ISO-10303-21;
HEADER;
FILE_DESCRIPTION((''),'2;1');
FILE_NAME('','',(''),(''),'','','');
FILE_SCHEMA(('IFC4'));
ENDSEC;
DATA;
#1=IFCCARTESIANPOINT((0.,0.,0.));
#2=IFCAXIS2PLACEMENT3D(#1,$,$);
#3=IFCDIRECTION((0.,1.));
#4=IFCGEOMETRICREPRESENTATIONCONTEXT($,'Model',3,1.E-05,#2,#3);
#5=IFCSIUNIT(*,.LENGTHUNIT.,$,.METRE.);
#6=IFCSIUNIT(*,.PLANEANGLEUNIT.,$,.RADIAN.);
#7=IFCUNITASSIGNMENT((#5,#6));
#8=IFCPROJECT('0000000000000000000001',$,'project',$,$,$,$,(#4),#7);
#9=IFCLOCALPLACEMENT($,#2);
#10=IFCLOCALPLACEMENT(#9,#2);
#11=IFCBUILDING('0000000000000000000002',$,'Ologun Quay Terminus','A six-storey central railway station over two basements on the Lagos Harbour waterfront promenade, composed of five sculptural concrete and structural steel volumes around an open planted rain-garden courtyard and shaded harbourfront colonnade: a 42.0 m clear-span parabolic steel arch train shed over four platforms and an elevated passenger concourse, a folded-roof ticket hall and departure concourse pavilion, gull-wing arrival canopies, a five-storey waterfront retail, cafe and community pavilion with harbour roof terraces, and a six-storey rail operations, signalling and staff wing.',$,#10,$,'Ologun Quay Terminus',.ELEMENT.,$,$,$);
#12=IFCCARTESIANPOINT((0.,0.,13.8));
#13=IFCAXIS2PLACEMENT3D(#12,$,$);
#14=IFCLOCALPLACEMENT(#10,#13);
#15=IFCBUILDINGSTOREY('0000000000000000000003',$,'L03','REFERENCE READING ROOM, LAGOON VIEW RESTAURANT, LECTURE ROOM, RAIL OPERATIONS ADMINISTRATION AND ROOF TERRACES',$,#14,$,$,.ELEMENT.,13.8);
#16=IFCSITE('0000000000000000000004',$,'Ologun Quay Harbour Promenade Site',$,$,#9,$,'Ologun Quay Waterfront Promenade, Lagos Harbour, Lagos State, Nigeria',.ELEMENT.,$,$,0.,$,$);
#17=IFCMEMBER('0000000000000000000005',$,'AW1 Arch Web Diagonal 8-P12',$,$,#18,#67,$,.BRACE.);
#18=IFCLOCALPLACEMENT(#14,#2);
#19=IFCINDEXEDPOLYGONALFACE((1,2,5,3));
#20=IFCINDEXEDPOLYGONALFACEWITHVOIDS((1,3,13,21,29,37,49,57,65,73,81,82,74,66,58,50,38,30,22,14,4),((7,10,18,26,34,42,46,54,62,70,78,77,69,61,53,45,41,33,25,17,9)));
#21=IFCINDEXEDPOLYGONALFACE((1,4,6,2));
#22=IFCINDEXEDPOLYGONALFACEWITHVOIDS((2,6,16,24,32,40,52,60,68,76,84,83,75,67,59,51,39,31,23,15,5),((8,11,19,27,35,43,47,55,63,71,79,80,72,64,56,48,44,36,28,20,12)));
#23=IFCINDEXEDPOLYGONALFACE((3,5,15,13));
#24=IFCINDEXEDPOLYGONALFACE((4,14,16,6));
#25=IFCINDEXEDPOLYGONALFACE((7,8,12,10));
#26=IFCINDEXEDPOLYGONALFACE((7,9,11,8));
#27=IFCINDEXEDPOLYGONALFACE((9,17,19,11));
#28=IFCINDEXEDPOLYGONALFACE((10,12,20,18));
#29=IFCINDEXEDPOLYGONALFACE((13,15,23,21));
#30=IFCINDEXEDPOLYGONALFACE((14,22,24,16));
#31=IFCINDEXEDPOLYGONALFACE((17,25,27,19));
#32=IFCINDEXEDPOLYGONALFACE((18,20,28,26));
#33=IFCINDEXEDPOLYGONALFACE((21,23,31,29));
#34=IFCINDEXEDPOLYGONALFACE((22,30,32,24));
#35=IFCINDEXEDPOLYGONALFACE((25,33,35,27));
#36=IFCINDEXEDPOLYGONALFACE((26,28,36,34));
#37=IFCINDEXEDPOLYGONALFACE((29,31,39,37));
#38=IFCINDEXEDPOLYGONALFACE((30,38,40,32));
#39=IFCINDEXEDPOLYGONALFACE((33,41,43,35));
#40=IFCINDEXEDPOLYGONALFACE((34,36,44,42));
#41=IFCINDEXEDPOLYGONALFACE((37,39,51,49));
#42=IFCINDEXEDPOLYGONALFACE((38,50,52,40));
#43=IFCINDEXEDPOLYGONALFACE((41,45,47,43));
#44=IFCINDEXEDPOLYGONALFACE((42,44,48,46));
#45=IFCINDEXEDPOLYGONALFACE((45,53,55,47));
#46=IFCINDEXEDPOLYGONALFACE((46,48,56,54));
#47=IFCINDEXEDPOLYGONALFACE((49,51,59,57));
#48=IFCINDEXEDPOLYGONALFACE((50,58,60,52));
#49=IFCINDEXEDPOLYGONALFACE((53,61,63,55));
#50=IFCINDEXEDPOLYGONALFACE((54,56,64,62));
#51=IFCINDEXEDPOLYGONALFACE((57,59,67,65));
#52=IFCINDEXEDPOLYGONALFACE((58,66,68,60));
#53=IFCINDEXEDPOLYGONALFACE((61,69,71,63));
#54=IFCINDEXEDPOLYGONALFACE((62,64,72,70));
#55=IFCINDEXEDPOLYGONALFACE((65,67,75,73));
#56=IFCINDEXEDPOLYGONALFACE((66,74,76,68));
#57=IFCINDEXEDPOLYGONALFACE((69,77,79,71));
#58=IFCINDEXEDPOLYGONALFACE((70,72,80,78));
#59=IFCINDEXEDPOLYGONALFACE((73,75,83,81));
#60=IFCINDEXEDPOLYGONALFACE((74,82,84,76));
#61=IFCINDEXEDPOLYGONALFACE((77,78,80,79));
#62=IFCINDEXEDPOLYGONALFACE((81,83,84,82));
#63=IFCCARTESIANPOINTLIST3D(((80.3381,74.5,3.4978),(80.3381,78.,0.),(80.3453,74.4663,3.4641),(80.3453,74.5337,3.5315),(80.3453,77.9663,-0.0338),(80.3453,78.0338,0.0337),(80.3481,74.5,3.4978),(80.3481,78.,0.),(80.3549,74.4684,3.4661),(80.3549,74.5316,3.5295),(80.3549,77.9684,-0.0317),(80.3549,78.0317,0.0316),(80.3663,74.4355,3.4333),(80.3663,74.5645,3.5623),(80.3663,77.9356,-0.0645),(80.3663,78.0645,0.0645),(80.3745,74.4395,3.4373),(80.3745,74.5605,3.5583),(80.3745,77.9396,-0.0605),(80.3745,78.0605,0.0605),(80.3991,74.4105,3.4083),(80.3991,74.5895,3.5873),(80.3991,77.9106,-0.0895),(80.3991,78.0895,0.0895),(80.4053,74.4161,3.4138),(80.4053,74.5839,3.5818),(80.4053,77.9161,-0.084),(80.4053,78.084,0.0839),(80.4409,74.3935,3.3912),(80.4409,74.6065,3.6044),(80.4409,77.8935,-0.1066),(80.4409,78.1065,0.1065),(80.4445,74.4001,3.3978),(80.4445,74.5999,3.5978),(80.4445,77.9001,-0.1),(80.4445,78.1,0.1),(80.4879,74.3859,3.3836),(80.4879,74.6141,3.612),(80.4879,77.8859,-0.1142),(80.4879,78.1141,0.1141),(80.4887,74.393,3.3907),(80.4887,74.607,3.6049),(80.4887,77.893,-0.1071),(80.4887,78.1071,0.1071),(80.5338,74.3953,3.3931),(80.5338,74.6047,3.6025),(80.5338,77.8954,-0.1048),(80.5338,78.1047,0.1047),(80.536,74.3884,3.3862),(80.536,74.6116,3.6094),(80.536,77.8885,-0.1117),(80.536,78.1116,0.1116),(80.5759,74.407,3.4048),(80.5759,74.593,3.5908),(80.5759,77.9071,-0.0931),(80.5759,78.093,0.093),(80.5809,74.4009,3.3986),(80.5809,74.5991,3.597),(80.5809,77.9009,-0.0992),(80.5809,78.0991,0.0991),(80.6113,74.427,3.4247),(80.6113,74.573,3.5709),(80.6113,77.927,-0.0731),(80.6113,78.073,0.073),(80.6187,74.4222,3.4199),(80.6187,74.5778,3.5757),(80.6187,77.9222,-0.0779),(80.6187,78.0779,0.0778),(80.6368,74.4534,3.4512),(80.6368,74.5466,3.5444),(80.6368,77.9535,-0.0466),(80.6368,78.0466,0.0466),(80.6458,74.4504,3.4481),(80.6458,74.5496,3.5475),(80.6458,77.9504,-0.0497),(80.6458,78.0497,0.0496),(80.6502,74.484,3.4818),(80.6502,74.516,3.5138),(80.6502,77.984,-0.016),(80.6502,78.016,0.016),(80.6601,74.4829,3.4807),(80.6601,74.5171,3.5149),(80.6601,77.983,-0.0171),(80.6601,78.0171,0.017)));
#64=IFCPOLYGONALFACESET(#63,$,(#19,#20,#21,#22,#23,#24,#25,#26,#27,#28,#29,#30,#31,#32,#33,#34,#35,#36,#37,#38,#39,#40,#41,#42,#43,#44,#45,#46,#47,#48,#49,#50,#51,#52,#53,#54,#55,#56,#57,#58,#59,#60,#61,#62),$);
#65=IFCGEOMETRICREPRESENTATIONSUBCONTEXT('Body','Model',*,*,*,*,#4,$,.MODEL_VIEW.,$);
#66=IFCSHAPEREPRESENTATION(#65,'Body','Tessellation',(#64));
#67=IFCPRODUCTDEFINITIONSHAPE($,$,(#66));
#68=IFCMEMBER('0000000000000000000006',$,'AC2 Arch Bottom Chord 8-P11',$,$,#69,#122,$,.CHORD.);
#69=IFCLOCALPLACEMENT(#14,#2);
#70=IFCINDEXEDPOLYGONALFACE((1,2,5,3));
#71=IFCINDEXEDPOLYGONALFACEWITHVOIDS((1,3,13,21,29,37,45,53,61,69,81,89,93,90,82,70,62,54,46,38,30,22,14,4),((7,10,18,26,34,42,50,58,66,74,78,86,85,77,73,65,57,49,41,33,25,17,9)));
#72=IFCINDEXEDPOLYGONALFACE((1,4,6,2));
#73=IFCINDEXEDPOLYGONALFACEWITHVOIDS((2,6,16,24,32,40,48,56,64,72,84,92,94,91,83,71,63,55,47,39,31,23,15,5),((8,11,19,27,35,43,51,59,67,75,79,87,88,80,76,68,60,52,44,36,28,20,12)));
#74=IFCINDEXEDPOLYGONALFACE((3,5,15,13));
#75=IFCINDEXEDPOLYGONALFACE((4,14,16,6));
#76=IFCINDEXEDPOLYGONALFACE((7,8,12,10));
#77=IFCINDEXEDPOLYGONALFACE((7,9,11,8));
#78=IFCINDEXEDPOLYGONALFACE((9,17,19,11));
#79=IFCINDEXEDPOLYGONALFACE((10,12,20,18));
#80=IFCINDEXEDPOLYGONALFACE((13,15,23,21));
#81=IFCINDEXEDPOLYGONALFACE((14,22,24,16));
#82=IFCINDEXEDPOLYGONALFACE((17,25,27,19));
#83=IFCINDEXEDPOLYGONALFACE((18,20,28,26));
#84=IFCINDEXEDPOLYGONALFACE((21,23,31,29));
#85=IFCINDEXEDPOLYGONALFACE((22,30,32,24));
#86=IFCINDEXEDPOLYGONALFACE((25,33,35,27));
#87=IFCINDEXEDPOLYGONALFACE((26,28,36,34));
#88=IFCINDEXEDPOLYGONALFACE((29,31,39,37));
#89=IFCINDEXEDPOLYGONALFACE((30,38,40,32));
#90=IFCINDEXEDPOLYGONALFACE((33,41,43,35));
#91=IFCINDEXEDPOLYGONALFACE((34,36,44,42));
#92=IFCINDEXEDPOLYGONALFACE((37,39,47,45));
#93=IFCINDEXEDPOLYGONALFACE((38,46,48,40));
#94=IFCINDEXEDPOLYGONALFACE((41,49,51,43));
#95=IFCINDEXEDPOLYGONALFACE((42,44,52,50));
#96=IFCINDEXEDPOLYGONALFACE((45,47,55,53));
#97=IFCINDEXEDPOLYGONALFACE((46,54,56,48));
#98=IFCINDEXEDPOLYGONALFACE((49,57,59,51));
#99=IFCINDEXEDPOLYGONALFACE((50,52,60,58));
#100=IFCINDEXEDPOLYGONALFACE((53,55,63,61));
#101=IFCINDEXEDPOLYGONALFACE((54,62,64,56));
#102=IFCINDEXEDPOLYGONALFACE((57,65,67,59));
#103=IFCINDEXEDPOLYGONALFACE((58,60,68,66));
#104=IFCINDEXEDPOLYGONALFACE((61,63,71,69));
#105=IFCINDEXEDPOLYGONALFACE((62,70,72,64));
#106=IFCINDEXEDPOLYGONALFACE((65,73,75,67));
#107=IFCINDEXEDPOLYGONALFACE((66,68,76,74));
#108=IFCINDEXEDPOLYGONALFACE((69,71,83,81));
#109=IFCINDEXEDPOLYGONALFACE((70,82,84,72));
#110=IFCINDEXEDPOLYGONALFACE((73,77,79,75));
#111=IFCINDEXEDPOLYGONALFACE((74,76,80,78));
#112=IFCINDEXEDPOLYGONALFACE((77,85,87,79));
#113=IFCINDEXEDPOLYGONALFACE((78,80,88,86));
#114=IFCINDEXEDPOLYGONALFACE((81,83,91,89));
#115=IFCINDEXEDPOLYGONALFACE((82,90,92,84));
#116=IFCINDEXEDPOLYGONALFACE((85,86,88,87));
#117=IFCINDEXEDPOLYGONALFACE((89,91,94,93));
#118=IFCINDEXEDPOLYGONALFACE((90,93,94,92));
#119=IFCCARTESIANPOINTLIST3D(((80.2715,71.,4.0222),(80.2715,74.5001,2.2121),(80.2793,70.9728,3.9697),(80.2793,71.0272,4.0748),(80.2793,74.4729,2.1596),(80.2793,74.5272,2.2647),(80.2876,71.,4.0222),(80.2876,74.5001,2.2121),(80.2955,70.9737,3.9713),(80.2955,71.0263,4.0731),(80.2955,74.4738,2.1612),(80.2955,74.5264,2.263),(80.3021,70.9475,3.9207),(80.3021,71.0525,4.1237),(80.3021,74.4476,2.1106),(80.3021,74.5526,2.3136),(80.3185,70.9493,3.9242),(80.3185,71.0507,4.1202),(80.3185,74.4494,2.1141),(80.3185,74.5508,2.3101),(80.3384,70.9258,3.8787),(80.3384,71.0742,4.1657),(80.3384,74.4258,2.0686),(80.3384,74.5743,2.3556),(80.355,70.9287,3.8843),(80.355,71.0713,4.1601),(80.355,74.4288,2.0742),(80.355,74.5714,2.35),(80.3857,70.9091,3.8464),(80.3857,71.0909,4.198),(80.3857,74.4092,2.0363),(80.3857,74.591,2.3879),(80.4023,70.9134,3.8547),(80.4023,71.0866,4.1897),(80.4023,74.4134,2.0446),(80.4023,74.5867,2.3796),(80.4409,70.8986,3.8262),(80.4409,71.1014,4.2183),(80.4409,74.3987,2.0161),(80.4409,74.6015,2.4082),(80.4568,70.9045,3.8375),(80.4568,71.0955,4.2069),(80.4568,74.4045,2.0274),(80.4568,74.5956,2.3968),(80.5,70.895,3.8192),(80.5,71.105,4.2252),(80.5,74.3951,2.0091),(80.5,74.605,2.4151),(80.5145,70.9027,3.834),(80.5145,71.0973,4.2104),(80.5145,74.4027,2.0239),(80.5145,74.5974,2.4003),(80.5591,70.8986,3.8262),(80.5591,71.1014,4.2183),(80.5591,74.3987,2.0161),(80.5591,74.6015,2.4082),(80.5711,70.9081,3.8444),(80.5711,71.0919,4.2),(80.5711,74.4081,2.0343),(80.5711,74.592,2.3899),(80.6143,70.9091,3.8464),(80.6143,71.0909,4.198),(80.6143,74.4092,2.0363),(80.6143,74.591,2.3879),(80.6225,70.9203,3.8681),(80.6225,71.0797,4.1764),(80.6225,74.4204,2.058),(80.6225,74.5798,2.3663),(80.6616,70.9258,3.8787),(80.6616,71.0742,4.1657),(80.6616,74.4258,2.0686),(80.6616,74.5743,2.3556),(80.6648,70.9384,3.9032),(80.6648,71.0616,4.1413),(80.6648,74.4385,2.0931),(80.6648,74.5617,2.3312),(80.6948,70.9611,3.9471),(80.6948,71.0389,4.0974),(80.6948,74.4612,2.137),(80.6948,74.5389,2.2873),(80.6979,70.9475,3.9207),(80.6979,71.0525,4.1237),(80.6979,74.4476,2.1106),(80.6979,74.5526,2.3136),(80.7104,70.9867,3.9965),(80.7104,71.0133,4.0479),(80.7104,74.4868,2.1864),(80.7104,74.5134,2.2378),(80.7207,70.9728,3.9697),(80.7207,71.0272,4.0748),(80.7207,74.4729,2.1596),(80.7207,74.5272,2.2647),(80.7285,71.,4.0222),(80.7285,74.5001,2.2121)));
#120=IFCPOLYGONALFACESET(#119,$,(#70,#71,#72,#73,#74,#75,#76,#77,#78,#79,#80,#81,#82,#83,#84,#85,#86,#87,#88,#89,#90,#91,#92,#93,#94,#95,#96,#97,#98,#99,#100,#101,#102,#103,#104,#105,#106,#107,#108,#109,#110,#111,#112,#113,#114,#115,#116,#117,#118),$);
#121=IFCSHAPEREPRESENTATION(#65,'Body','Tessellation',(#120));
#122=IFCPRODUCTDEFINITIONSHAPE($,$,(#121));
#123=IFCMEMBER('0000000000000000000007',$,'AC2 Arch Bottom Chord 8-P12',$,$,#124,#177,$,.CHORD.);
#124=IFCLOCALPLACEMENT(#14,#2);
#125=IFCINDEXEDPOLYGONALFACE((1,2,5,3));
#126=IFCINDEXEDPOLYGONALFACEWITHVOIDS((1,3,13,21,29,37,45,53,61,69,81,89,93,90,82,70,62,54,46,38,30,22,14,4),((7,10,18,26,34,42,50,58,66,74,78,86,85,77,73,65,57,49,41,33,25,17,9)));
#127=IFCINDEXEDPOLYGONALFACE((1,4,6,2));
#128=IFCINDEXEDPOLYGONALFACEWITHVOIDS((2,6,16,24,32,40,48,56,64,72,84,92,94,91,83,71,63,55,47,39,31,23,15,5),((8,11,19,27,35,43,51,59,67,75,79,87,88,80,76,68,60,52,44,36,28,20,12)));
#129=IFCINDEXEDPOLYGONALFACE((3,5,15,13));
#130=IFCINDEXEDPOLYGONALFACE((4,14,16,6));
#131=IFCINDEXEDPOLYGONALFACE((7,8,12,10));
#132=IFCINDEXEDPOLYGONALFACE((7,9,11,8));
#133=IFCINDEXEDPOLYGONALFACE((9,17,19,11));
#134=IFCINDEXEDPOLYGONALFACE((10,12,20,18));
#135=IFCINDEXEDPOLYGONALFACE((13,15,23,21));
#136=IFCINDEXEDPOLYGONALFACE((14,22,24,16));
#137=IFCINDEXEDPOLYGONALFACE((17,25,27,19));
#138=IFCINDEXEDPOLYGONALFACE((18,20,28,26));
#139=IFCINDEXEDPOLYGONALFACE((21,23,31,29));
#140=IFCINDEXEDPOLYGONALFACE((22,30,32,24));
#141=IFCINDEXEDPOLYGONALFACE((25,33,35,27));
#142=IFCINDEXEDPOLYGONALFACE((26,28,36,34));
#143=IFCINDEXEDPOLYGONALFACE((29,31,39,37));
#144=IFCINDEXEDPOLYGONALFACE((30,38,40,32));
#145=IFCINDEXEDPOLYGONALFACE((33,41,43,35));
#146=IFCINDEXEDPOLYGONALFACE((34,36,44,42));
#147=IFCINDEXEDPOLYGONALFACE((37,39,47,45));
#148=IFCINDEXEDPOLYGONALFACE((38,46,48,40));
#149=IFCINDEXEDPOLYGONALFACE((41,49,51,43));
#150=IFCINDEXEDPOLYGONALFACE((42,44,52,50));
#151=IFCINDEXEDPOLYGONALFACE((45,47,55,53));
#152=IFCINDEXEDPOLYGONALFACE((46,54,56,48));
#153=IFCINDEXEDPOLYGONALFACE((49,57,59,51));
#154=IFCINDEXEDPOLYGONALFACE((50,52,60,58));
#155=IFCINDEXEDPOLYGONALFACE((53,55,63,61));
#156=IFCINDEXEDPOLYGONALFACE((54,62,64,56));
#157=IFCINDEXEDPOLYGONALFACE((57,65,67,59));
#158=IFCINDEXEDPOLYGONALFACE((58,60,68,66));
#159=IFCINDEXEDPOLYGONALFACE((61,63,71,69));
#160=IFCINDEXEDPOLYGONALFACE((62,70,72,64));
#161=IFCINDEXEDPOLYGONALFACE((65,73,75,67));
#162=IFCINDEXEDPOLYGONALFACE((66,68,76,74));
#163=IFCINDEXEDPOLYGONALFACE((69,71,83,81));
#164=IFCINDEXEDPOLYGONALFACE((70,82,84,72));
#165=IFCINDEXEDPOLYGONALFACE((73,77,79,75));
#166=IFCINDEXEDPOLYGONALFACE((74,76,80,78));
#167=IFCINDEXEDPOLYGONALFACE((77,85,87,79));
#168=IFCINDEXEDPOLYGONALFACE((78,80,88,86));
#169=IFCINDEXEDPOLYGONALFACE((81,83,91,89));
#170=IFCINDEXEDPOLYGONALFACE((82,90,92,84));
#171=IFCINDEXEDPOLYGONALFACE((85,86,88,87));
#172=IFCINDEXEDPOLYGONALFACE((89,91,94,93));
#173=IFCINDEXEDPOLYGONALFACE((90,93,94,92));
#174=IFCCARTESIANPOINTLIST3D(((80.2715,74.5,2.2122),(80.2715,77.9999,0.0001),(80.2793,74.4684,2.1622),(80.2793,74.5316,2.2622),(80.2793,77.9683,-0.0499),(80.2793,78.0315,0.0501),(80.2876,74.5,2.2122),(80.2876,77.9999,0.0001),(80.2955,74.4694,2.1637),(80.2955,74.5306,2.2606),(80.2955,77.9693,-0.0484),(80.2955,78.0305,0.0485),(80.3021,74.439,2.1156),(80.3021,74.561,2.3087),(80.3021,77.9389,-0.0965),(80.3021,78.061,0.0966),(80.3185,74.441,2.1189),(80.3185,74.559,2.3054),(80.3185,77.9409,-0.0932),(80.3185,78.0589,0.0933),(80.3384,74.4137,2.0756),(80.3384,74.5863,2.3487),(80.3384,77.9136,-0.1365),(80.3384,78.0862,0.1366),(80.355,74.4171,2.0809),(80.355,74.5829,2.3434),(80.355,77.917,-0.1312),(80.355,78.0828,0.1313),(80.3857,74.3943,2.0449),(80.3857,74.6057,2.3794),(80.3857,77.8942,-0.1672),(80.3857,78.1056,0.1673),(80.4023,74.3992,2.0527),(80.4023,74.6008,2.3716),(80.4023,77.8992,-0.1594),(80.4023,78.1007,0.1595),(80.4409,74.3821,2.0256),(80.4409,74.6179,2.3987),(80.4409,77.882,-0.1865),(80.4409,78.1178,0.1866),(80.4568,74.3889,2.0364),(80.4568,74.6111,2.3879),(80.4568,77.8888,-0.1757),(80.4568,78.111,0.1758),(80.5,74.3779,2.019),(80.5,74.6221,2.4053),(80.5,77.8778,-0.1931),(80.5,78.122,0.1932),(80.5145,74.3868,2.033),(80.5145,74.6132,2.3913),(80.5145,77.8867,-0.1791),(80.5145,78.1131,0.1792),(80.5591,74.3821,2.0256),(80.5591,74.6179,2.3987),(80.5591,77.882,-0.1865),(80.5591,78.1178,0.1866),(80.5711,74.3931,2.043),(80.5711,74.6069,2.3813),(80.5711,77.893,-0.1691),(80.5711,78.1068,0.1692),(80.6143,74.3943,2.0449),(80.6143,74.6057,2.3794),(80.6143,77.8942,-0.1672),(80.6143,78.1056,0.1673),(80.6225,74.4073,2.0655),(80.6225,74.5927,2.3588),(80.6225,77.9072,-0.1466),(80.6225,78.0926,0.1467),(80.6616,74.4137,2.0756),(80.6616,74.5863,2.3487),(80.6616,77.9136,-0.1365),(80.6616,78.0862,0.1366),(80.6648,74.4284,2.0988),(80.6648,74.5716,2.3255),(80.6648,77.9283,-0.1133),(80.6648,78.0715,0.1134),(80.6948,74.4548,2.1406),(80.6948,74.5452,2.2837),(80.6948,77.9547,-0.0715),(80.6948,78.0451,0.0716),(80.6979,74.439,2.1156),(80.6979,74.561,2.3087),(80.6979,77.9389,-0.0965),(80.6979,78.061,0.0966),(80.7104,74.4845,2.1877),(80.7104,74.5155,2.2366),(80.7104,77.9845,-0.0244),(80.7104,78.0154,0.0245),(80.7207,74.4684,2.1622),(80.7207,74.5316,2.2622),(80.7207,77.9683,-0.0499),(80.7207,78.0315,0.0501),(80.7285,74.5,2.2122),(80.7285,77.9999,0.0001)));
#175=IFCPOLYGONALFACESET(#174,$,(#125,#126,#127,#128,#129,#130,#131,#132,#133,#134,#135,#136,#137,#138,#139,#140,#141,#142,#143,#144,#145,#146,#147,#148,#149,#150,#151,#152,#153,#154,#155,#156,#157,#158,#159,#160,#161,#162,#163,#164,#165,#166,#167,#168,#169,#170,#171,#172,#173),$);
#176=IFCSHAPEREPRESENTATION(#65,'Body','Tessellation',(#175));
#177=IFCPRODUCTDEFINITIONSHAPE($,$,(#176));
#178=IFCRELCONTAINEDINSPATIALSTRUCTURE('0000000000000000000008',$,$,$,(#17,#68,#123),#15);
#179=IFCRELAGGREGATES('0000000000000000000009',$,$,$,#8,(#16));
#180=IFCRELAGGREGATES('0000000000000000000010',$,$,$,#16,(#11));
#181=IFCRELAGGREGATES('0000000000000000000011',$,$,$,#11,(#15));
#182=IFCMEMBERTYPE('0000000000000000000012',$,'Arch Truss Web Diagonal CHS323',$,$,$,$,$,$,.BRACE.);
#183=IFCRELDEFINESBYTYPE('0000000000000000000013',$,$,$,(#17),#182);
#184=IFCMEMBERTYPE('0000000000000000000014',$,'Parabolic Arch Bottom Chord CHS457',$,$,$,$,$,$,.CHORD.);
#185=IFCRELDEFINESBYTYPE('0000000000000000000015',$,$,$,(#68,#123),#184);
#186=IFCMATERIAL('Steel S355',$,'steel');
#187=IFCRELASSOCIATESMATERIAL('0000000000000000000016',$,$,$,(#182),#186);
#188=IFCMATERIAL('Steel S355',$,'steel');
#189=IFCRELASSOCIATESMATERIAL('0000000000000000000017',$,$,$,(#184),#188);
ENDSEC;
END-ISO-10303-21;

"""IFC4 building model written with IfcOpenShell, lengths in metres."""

from ifc_helpers import new_model, si_unit, direction, frame, origin, origin_2d, place, context, subcontext, project, spatial, hollow_circle, extrude, material, material_profile, profile_set, type_object, element, save


model = new_model("IFC4")

# Units and contexts
model_context = context("Model", 3, precision=1e-05, world=origin(), true_north=direction((0.0, 1.0)))
body_context = subcontext(model_context, "Body", "Model", "MODEL_VIEW")
ifc_project = project(units=[si_unit("LENGTHUNIT", "METRE"), si_unit("PLANEANGLEUNIT", "RADIAN")], contexts=[model_context])

# Site, building, storey
site_placement = place(None, origin())
site = spatial("IfcSite", under=ifc_project, at=site_placement, Name="Ologun Quay Harbour Promenade Site", LongName="Ologun Quay Waterfront Promenade, Lagos Harbour, Lagos State, Nigeria", CompositionType="ELEMENT", RefElevation=0.0)
building_placement = place(site_placement, origin())
building = spatial("IfcBuilding", under=site, at=building_placement, Name="Ologun Quay Terminus", Description="A six-storey central railway station over two basements on the Lagos Harbour waterfront promenade, composed of five sculptural concrete and structural steel volumes around an open planted rain-garden courtyard and shaded harbourfront colonnade: a 42.0 m clear-span parabolic steel arch train shed over four platforms and an elevated passenger concourse, a folded-roof ticket hall and departure concourse pavilion, gull-wing arrival canopies, a five-storey waterfront retail, cafe and community pavilion with harbour roof terraces, and a six-storey rail operations, signalling and staff wing.", LongName="Ologun Quay Terminus", CompositionType="ELEMENT")
storey_placement = place(building_placement, frame((0.0, 0.0, 13.8)))
storey = spatial("IfcBuildingStorey", under=building, at=storey_placement, Name="L03", Description="REFERENCE READING ROOM, LAGOON VIEW RESTAURANT, LECTURE ROOM, RAIL OPERATIONS ADMINISTRATION AND ROOF TERRACES", CompositionType="ELEMENT", Elevation=13.8)

# Members
ifc_material_1 = material(Name="Steel S355", Category="steel")
ifc_material_profile_1 = material_profile(ifc_material_1, hollow_circle(Radius=0.1619, WallThickness=0.01, at=origin_2d()), Name="CHS 323.9x10")
ifc_profile_set_1 = profile_set([ifc_material_profile_1], Name="Steel S355")
member_type_1 = type_object("IfcMemberType", Name="Arch Truss Web Diagonal CHS323", PredefinedType="BRACE", material=ifc_profile_set_1)
member_1_placement = place(storey_placement, frame((80.5, 74.5, 3.4978), z_axis=(0.0, 0.707329, -0.706885), x_axis=(-1.0, 0.0, 0.0)))
element("IfcMember", 1, at=member_1_placement, inside=storey, type_object=member_type_1, Name="AW1 Arch Web Diagonal 8-P12", PredefinedType="BRACE", context=body_context, shape_type="SweptSolid", body=[
    extrude(hollow_circle(Radius=0.1619, WallThickness=0.01, at=origin_2d()), origin(), (0.0, 0.0, 1.0), 4.9482),
])
ifc_material_2 = material(Name="Steel S355", Category="steel")
ifc_material_profile_2 = material_profile(ifc_material_2, hollow_circle(Radius=0.2285, WallThickness=0.0161, at=origin_2d()), Name="CHS 457x16")
ifc_profile_set_2 = profile_set([ifc_material_profile_2], Name="Steel S355")
member_type_2 = type_object("IfcMemberType", Name="Parabolic Arch Bottom Chord CHS457", PredefinedType="CHORD", material=ifc_profile_set_2)
member_2_placement = place(storey_placement, frame((80.5, 71.0, 4.0222), z_axis=(0.0, 0.888247, -0.459366), x_axis=(-1.0, 0.0, 0.0)))
element("IfcMember", 2, at=member_2_placement, inside=storey, type_object=member_type_2, Name="AC2 Arch Bottom Chord 8-P11", PredefinedType="CHORD", context=body_context, shape_type="SweptSolid", body=[
    extrude(hollow_circle(Radius=0.2285, WallThickness=0.0161, at=origin_2d()), origin(), (0.0, 0.0, 1.0), 3.9404),
])
member_3_placement = place(storey_placement, frame((80.5, 74.5, 2.2122), z_axis=(0.0, 0.845311, -0.534275), x_axis=(-1.0, 0.0, 0.0)))
element("IfcMember", 3, at=member_3_placement, inside=storey, type_object=member_type_2, Name="AC2 Arch Bottom Chord 8-P12", PredefinedType="CHORD", context=body_context, shape_type="SweptSolid", body=[
    extrude(hollow_circle(Radius=0.2285, WallThickness=0.0161, at=origin_2d()), origin(), (0.0, 0.0, 1.0), 4.1404),
])

save(model, "model.ifc")
